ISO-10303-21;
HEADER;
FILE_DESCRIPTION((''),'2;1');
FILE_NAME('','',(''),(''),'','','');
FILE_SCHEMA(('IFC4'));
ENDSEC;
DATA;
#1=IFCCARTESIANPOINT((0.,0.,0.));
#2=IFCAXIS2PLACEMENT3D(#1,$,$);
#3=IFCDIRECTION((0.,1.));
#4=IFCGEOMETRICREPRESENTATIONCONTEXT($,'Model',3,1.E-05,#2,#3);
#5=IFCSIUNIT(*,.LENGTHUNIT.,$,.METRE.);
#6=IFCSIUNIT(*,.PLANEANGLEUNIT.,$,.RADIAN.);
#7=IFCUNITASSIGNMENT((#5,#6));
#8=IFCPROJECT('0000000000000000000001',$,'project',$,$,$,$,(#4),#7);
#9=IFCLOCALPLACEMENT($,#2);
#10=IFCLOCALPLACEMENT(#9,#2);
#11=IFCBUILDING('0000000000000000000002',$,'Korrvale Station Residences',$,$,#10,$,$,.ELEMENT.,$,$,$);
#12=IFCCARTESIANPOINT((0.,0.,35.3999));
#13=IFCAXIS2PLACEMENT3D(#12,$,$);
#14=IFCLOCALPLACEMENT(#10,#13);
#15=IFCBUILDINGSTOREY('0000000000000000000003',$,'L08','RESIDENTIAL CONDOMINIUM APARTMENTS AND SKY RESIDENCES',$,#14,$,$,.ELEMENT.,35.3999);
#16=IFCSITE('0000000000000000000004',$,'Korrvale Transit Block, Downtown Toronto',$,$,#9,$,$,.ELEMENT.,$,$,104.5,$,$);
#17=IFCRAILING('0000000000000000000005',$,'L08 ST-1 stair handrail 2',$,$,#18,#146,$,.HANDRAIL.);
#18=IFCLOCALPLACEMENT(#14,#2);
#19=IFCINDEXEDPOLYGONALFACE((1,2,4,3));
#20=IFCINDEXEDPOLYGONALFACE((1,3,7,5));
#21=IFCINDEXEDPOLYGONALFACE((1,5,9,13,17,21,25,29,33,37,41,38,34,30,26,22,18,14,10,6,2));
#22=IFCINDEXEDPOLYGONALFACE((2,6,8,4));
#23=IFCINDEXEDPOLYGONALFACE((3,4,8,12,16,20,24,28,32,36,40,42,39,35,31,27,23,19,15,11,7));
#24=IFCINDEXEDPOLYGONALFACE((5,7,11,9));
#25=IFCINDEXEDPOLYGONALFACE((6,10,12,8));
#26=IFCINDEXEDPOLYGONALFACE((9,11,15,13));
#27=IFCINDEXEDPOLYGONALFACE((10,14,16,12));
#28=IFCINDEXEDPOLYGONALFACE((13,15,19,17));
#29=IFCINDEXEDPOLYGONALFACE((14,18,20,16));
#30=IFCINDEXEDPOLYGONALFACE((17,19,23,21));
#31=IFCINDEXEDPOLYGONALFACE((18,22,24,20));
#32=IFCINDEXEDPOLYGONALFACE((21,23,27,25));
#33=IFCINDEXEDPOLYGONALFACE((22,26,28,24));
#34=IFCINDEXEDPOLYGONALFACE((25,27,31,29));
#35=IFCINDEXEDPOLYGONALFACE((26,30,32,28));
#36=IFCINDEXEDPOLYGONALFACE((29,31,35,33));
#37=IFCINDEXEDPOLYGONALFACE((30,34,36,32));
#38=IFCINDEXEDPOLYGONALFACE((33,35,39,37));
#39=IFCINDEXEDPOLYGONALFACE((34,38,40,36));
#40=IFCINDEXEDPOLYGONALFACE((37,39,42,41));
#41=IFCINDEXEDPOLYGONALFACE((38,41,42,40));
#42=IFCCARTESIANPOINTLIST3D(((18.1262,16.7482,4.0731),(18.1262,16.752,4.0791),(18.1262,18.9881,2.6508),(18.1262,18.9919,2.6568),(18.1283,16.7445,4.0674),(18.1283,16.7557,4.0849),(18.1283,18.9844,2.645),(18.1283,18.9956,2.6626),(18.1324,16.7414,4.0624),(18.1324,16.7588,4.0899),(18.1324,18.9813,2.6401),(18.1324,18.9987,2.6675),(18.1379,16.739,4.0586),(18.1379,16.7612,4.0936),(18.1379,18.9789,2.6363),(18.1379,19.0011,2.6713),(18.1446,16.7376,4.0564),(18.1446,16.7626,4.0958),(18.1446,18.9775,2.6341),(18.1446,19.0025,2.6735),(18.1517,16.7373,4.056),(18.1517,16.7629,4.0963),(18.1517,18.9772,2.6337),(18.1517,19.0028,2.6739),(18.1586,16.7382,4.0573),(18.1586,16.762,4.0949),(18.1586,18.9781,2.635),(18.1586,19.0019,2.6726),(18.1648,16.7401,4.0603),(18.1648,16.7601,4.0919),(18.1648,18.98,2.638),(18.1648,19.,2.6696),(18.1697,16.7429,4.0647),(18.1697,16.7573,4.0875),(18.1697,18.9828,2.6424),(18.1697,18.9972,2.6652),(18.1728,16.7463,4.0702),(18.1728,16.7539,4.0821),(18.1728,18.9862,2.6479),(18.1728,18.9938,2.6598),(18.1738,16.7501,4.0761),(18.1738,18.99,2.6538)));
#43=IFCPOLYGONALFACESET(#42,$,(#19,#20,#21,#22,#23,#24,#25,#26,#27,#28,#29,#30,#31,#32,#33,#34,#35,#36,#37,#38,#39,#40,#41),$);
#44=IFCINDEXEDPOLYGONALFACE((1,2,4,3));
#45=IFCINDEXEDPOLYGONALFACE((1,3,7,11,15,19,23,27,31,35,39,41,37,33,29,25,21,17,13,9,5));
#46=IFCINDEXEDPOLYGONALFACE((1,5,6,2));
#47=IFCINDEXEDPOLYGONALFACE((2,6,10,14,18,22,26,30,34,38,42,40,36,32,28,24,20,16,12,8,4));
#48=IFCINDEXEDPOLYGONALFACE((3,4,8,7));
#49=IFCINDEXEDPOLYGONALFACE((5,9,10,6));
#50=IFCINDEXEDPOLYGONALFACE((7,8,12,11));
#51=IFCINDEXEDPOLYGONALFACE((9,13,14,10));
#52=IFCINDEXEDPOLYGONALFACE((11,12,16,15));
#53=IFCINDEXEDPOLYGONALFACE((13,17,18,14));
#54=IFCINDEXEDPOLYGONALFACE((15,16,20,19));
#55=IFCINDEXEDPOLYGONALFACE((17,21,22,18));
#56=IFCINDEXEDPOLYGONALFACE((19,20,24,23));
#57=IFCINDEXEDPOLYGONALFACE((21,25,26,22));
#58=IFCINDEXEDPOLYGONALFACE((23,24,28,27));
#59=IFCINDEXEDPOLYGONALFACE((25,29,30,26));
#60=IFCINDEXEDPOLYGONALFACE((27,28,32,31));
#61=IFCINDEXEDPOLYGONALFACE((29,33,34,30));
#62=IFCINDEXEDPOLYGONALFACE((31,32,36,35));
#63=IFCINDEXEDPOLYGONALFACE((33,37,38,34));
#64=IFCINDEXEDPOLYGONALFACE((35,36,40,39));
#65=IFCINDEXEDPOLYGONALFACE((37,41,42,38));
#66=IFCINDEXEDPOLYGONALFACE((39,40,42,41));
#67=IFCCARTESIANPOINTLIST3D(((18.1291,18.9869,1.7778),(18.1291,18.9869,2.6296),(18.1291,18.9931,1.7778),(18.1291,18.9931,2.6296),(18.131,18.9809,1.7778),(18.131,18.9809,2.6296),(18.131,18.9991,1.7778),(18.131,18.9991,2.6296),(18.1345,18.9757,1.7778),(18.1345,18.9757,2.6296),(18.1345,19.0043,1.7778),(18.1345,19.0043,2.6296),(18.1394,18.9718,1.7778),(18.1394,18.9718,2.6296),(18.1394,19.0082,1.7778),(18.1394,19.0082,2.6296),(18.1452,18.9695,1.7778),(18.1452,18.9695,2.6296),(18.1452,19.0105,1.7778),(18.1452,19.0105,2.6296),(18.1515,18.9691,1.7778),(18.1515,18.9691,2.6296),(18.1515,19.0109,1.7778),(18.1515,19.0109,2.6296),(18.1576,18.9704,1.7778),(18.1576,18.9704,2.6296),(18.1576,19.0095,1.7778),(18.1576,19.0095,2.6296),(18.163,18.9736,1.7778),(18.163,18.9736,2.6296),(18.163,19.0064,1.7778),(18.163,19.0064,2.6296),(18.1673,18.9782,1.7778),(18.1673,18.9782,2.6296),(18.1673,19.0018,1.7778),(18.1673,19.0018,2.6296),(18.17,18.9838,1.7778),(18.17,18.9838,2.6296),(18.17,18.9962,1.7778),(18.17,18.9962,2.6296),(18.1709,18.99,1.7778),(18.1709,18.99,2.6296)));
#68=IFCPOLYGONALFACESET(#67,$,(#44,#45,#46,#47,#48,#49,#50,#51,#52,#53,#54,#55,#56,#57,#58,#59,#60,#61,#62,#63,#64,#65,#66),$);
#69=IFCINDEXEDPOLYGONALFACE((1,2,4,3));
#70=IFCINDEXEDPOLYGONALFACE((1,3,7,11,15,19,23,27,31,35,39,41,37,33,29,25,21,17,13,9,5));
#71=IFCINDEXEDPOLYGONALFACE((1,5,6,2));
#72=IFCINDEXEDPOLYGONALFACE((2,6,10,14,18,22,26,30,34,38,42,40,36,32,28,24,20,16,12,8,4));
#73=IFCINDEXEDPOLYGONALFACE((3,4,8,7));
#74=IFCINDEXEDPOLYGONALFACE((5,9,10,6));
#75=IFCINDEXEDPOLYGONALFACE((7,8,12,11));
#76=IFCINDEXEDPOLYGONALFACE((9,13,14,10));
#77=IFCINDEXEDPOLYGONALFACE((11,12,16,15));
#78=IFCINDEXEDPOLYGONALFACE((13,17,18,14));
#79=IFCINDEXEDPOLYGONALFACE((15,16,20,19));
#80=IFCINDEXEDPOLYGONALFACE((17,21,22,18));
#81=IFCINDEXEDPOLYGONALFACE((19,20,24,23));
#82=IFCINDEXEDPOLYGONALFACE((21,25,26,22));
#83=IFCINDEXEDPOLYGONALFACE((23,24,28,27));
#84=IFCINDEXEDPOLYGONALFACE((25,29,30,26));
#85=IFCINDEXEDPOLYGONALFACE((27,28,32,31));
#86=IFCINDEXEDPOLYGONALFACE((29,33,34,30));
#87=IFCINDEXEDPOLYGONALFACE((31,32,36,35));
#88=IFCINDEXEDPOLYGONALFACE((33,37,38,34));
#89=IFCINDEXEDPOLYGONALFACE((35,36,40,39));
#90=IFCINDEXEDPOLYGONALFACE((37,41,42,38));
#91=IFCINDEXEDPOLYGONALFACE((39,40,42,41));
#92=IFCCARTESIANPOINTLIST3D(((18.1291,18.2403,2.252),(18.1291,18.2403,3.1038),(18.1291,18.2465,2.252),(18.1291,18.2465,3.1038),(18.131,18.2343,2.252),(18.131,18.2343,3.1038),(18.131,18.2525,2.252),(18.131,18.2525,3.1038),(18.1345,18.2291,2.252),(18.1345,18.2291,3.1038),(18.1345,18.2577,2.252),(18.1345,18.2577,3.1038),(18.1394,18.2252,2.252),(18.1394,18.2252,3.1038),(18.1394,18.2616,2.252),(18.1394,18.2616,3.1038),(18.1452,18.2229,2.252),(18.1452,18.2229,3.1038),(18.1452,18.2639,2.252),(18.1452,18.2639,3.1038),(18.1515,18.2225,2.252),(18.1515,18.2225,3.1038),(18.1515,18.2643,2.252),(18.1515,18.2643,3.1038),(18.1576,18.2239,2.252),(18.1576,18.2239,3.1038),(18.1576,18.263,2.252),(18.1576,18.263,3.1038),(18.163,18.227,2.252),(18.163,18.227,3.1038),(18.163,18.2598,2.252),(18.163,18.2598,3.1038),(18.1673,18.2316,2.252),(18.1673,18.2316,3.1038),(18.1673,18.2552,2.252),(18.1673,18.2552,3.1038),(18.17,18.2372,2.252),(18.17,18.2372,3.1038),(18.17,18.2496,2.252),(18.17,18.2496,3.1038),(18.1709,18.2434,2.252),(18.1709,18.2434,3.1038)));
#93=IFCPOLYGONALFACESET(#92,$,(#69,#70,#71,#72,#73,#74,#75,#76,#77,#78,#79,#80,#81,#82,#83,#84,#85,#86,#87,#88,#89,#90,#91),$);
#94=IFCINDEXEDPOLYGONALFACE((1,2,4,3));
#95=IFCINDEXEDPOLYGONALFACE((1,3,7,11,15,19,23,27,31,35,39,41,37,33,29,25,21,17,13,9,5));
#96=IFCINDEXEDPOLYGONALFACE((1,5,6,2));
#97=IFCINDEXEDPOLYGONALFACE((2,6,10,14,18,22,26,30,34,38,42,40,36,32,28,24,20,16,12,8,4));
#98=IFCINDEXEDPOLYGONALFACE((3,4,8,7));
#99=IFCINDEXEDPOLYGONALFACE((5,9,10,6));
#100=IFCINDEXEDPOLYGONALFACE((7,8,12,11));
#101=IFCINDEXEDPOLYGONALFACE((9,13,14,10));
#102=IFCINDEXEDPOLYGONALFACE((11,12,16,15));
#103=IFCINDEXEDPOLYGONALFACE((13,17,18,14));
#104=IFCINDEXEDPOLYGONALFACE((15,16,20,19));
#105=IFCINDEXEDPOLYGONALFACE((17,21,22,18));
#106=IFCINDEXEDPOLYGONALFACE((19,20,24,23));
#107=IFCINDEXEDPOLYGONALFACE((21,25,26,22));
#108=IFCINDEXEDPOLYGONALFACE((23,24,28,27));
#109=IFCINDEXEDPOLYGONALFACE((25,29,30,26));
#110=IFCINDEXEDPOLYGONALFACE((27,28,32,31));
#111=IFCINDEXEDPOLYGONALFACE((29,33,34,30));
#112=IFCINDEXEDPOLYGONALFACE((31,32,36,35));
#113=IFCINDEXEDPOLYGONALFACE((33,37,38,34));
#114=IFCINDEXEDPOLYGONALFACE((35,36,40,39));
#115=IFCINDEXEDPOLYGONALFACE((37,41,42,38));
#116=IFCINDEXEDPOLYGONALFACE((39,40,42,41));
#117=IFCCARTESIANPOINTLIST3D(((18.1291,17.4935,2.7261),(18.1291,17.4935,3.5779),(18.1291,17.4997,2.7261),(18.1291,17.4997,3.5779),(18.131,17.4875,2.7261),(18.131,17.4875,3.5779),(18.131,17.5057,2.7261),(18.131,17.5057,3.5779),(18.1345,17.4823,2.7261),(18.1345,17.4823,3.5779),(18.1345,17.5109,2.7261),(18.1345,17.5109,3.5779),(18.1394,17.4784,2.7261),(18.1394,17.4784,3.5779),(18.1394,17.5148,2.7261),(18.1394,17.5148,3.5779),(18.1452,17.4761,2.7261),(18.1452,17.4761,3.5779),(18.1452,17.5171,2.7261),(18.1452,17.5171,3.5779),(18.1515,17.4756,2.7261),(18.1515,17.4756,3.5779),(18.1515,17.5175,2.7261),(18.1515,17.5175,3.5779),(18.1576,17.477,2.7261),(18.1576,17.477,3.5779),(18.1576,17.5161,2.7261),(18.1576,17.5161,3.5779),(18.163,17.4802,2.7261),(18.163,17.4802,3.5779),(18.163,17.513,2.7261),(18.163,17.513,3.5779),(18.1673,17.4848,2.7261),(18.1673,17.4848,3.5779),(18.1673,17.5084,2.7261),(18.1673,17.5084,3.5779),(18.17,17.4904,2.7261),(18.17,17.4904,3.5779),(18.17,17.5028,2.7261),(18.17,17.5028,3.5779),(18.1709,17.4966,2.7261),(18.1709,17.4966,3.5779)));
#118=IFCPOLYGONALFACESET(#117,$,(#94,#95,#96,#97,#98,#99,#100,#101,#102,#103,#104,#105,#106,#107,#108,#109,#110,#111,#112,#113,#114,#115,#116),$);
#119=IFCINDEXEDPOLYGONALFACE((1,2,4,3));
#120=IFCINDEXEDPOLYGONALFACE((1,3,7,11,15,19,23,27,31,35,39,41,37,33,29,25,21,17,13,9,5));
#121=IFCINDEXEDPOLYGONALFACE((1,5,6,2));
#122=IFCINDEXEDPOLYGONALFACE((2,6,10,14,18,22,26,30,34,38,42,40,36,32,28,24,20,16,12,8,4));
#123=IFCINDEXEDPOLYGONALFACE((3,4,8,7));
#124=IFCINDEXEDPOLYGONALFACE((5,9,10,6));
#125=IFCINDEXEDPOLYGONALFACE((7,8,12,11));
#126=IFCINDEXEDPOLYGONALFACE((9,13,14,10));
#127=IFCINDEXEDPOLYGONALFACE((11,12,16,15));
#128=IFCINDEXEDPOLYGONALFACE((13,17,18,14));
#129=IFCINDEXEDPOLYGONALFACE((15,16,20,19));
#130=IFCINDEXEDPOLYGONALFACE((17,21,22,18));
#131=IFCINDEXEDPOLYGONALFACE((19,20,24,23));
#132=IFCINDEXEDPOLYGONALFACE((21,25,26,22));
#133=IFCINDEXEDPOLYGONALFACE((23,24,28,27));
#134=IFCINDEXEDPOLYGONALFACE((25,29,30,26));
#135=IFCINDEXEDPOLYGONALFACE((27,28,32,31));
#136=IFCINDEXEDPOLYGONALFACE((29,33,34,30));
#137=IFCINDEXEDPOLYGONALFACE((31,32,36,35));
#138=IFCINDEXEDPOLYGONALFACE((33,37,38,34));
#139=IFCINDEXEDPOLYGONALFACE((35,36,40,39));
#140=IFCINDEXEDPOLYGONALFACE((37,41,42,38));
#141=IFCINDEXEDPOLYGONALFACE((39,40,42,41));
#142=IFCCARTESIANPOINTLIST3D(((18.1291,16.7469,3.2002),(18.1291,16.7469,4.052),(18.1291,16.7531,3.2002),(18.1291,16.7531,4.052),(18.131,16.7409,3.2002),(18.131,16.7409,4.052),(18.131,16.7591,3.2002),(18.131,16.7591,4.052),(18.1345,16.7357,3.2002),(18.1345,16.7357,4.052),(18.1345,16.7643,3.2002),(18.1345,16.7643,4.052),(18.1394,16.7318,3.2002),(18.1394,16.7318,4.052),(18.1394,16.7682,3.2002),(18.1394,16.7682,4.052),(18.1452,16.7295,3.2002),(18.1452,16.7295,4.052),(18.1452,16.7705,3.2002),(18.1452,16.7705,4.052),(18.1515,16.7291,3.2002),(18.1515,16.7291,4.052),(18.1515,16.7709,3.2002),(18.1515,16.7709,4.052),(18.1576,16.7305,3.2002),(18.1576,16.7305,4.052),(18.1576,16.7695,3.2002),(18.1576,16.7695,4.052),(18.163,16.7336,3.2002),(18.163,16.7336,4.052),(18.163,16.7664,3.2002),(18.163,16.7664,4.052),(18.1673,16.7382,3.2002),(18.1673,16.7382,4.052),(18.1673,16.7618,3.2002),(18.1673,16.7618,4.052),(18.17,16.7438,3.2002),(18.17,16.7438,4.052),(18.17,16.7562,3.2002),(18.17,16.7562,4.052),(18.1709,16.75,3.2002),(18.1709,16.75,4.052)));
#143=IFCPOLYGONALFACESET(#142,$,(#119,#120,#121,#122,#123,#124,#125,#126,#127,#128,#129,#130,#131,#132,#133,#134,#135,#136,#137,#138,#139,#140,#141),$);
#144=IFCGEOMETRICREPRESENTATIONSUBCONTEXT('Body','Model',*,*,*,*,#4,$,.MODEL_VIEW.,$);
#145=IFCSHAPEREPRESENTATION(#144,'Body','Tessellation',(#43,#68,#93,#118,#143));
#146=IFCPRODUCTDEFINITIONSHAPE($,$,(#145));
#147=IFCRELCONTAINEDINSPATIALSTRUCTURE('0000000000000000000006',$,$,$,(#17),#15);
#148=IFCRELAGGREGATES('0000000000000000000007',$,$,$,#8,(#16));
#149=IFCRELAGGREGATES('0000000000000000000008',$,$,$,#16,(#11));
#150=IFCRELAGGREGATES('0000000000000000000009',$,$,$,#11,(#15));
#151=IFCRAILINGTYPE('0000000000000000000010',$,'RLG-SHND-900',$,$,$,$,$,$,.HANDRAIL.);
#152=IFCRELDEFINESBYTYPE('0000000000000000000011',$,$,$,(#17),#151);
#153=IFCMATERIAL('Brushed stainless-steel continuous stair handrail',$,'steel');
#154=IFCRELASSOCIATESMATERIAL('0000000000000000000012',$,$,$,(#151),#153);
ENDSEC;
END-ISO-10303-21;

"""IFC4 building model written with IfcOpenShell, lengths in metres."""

from ifc_helpers import new_model, si_unit, direction, frame, origin, origin_2d, place, context, subcontext, project, spatial, circle, extrude, material, type_object, element, save


model = new_model("IFC4")

# Units and contexts
model_context = context("Model", 3, precision=1e-05, world=origin(), true_north=direction((0.0, 1.0)))
body_context = subcontext(model_context, "Body", "Model", "MODEL_VIEW")
ifc_project = project(units=[si_unit("LENGTHUNIT", "METRE"), si_unit("PLANEANGLEUNIT", "RADIAN")], contexts=[model_context])

# Site, building, storey
site_placement = place(None, origin())
site = spatial("IfcSite", under=ifc_project, at=site_placement, Name="Korrvale Transit Block, Downtown Toronto", CompositionType="ELEMENT", RefElevation=104.5)
building_placement = place(site_placement, origin())
building = spatial("IfcBuilding", under=site, at=building_placement, Name="Korrvale Station Residences", CompositionType="ELEMENT")
storey_placement = place(building_placement, frame((0.0, 0.0, 35.3999)))
storey = spatial("IfcBuildingStorey", under=building, at=storey_placement, Name="L08", Description="RESIDENTIAL CONDOMINIUM APARTMENTS AND SKY RESIDENCES", CompositionType="ELEMENT", Elevation=35.3999)

# Railing
ifc_material_1 = material(Name="Brushed stainless-steel continuous stair handrail", Category="steel")
railing_type_1 = type_object("IfcRailingType", Name="RLG-SHND-900", PredefinedType="HANDRAIL", material=ifc_material_1)
railing_1_placement = place(storey_placement, frame((18.1499, 18.99, 1.7778)))
element("IfcRailing", 1, at=railing_1_placement, inside=storey, type_object=railing_type_1, Name="L08 ST-1 stair handrail 2", PredefinedType="HANDRAIL", context=body_context, shape_type="SweptSolid", body=[
    extrude(circle(Radius=0.0239, at=origin_2d()), frame((0.0, 0.0, 0.876), z_axis=(0.0, -0.844188, 0.536048), x_axis=(1.0, 0.0, 0.0)), (0.0, 0.0, 1.0), 2.6533),
    extrude(circle(Radius=0.021, at=origin_2d()), origin(), (0.0, 0.0, 1.0), 0.8518),
    extrude(circle(Radius=0.021, at=origin_2d()), frame((0.0, -0.7466, 0.4741)), (0.0, 0.0, 1.0), 0.8518),
    extrude(circle(Radius=0.021, at=origin_2d()), frame((0.0, -1.4934, 0.9482)), (0.0, 0.0, 1.0), 0.8518),
    extrude(circle(Radius=0.021, at=origin_2d()), frame((0.0, -2.24, 1.4224)), (0.0, 0.0, 1.0), 0.8518),
])

save(model, "model.ifc")
